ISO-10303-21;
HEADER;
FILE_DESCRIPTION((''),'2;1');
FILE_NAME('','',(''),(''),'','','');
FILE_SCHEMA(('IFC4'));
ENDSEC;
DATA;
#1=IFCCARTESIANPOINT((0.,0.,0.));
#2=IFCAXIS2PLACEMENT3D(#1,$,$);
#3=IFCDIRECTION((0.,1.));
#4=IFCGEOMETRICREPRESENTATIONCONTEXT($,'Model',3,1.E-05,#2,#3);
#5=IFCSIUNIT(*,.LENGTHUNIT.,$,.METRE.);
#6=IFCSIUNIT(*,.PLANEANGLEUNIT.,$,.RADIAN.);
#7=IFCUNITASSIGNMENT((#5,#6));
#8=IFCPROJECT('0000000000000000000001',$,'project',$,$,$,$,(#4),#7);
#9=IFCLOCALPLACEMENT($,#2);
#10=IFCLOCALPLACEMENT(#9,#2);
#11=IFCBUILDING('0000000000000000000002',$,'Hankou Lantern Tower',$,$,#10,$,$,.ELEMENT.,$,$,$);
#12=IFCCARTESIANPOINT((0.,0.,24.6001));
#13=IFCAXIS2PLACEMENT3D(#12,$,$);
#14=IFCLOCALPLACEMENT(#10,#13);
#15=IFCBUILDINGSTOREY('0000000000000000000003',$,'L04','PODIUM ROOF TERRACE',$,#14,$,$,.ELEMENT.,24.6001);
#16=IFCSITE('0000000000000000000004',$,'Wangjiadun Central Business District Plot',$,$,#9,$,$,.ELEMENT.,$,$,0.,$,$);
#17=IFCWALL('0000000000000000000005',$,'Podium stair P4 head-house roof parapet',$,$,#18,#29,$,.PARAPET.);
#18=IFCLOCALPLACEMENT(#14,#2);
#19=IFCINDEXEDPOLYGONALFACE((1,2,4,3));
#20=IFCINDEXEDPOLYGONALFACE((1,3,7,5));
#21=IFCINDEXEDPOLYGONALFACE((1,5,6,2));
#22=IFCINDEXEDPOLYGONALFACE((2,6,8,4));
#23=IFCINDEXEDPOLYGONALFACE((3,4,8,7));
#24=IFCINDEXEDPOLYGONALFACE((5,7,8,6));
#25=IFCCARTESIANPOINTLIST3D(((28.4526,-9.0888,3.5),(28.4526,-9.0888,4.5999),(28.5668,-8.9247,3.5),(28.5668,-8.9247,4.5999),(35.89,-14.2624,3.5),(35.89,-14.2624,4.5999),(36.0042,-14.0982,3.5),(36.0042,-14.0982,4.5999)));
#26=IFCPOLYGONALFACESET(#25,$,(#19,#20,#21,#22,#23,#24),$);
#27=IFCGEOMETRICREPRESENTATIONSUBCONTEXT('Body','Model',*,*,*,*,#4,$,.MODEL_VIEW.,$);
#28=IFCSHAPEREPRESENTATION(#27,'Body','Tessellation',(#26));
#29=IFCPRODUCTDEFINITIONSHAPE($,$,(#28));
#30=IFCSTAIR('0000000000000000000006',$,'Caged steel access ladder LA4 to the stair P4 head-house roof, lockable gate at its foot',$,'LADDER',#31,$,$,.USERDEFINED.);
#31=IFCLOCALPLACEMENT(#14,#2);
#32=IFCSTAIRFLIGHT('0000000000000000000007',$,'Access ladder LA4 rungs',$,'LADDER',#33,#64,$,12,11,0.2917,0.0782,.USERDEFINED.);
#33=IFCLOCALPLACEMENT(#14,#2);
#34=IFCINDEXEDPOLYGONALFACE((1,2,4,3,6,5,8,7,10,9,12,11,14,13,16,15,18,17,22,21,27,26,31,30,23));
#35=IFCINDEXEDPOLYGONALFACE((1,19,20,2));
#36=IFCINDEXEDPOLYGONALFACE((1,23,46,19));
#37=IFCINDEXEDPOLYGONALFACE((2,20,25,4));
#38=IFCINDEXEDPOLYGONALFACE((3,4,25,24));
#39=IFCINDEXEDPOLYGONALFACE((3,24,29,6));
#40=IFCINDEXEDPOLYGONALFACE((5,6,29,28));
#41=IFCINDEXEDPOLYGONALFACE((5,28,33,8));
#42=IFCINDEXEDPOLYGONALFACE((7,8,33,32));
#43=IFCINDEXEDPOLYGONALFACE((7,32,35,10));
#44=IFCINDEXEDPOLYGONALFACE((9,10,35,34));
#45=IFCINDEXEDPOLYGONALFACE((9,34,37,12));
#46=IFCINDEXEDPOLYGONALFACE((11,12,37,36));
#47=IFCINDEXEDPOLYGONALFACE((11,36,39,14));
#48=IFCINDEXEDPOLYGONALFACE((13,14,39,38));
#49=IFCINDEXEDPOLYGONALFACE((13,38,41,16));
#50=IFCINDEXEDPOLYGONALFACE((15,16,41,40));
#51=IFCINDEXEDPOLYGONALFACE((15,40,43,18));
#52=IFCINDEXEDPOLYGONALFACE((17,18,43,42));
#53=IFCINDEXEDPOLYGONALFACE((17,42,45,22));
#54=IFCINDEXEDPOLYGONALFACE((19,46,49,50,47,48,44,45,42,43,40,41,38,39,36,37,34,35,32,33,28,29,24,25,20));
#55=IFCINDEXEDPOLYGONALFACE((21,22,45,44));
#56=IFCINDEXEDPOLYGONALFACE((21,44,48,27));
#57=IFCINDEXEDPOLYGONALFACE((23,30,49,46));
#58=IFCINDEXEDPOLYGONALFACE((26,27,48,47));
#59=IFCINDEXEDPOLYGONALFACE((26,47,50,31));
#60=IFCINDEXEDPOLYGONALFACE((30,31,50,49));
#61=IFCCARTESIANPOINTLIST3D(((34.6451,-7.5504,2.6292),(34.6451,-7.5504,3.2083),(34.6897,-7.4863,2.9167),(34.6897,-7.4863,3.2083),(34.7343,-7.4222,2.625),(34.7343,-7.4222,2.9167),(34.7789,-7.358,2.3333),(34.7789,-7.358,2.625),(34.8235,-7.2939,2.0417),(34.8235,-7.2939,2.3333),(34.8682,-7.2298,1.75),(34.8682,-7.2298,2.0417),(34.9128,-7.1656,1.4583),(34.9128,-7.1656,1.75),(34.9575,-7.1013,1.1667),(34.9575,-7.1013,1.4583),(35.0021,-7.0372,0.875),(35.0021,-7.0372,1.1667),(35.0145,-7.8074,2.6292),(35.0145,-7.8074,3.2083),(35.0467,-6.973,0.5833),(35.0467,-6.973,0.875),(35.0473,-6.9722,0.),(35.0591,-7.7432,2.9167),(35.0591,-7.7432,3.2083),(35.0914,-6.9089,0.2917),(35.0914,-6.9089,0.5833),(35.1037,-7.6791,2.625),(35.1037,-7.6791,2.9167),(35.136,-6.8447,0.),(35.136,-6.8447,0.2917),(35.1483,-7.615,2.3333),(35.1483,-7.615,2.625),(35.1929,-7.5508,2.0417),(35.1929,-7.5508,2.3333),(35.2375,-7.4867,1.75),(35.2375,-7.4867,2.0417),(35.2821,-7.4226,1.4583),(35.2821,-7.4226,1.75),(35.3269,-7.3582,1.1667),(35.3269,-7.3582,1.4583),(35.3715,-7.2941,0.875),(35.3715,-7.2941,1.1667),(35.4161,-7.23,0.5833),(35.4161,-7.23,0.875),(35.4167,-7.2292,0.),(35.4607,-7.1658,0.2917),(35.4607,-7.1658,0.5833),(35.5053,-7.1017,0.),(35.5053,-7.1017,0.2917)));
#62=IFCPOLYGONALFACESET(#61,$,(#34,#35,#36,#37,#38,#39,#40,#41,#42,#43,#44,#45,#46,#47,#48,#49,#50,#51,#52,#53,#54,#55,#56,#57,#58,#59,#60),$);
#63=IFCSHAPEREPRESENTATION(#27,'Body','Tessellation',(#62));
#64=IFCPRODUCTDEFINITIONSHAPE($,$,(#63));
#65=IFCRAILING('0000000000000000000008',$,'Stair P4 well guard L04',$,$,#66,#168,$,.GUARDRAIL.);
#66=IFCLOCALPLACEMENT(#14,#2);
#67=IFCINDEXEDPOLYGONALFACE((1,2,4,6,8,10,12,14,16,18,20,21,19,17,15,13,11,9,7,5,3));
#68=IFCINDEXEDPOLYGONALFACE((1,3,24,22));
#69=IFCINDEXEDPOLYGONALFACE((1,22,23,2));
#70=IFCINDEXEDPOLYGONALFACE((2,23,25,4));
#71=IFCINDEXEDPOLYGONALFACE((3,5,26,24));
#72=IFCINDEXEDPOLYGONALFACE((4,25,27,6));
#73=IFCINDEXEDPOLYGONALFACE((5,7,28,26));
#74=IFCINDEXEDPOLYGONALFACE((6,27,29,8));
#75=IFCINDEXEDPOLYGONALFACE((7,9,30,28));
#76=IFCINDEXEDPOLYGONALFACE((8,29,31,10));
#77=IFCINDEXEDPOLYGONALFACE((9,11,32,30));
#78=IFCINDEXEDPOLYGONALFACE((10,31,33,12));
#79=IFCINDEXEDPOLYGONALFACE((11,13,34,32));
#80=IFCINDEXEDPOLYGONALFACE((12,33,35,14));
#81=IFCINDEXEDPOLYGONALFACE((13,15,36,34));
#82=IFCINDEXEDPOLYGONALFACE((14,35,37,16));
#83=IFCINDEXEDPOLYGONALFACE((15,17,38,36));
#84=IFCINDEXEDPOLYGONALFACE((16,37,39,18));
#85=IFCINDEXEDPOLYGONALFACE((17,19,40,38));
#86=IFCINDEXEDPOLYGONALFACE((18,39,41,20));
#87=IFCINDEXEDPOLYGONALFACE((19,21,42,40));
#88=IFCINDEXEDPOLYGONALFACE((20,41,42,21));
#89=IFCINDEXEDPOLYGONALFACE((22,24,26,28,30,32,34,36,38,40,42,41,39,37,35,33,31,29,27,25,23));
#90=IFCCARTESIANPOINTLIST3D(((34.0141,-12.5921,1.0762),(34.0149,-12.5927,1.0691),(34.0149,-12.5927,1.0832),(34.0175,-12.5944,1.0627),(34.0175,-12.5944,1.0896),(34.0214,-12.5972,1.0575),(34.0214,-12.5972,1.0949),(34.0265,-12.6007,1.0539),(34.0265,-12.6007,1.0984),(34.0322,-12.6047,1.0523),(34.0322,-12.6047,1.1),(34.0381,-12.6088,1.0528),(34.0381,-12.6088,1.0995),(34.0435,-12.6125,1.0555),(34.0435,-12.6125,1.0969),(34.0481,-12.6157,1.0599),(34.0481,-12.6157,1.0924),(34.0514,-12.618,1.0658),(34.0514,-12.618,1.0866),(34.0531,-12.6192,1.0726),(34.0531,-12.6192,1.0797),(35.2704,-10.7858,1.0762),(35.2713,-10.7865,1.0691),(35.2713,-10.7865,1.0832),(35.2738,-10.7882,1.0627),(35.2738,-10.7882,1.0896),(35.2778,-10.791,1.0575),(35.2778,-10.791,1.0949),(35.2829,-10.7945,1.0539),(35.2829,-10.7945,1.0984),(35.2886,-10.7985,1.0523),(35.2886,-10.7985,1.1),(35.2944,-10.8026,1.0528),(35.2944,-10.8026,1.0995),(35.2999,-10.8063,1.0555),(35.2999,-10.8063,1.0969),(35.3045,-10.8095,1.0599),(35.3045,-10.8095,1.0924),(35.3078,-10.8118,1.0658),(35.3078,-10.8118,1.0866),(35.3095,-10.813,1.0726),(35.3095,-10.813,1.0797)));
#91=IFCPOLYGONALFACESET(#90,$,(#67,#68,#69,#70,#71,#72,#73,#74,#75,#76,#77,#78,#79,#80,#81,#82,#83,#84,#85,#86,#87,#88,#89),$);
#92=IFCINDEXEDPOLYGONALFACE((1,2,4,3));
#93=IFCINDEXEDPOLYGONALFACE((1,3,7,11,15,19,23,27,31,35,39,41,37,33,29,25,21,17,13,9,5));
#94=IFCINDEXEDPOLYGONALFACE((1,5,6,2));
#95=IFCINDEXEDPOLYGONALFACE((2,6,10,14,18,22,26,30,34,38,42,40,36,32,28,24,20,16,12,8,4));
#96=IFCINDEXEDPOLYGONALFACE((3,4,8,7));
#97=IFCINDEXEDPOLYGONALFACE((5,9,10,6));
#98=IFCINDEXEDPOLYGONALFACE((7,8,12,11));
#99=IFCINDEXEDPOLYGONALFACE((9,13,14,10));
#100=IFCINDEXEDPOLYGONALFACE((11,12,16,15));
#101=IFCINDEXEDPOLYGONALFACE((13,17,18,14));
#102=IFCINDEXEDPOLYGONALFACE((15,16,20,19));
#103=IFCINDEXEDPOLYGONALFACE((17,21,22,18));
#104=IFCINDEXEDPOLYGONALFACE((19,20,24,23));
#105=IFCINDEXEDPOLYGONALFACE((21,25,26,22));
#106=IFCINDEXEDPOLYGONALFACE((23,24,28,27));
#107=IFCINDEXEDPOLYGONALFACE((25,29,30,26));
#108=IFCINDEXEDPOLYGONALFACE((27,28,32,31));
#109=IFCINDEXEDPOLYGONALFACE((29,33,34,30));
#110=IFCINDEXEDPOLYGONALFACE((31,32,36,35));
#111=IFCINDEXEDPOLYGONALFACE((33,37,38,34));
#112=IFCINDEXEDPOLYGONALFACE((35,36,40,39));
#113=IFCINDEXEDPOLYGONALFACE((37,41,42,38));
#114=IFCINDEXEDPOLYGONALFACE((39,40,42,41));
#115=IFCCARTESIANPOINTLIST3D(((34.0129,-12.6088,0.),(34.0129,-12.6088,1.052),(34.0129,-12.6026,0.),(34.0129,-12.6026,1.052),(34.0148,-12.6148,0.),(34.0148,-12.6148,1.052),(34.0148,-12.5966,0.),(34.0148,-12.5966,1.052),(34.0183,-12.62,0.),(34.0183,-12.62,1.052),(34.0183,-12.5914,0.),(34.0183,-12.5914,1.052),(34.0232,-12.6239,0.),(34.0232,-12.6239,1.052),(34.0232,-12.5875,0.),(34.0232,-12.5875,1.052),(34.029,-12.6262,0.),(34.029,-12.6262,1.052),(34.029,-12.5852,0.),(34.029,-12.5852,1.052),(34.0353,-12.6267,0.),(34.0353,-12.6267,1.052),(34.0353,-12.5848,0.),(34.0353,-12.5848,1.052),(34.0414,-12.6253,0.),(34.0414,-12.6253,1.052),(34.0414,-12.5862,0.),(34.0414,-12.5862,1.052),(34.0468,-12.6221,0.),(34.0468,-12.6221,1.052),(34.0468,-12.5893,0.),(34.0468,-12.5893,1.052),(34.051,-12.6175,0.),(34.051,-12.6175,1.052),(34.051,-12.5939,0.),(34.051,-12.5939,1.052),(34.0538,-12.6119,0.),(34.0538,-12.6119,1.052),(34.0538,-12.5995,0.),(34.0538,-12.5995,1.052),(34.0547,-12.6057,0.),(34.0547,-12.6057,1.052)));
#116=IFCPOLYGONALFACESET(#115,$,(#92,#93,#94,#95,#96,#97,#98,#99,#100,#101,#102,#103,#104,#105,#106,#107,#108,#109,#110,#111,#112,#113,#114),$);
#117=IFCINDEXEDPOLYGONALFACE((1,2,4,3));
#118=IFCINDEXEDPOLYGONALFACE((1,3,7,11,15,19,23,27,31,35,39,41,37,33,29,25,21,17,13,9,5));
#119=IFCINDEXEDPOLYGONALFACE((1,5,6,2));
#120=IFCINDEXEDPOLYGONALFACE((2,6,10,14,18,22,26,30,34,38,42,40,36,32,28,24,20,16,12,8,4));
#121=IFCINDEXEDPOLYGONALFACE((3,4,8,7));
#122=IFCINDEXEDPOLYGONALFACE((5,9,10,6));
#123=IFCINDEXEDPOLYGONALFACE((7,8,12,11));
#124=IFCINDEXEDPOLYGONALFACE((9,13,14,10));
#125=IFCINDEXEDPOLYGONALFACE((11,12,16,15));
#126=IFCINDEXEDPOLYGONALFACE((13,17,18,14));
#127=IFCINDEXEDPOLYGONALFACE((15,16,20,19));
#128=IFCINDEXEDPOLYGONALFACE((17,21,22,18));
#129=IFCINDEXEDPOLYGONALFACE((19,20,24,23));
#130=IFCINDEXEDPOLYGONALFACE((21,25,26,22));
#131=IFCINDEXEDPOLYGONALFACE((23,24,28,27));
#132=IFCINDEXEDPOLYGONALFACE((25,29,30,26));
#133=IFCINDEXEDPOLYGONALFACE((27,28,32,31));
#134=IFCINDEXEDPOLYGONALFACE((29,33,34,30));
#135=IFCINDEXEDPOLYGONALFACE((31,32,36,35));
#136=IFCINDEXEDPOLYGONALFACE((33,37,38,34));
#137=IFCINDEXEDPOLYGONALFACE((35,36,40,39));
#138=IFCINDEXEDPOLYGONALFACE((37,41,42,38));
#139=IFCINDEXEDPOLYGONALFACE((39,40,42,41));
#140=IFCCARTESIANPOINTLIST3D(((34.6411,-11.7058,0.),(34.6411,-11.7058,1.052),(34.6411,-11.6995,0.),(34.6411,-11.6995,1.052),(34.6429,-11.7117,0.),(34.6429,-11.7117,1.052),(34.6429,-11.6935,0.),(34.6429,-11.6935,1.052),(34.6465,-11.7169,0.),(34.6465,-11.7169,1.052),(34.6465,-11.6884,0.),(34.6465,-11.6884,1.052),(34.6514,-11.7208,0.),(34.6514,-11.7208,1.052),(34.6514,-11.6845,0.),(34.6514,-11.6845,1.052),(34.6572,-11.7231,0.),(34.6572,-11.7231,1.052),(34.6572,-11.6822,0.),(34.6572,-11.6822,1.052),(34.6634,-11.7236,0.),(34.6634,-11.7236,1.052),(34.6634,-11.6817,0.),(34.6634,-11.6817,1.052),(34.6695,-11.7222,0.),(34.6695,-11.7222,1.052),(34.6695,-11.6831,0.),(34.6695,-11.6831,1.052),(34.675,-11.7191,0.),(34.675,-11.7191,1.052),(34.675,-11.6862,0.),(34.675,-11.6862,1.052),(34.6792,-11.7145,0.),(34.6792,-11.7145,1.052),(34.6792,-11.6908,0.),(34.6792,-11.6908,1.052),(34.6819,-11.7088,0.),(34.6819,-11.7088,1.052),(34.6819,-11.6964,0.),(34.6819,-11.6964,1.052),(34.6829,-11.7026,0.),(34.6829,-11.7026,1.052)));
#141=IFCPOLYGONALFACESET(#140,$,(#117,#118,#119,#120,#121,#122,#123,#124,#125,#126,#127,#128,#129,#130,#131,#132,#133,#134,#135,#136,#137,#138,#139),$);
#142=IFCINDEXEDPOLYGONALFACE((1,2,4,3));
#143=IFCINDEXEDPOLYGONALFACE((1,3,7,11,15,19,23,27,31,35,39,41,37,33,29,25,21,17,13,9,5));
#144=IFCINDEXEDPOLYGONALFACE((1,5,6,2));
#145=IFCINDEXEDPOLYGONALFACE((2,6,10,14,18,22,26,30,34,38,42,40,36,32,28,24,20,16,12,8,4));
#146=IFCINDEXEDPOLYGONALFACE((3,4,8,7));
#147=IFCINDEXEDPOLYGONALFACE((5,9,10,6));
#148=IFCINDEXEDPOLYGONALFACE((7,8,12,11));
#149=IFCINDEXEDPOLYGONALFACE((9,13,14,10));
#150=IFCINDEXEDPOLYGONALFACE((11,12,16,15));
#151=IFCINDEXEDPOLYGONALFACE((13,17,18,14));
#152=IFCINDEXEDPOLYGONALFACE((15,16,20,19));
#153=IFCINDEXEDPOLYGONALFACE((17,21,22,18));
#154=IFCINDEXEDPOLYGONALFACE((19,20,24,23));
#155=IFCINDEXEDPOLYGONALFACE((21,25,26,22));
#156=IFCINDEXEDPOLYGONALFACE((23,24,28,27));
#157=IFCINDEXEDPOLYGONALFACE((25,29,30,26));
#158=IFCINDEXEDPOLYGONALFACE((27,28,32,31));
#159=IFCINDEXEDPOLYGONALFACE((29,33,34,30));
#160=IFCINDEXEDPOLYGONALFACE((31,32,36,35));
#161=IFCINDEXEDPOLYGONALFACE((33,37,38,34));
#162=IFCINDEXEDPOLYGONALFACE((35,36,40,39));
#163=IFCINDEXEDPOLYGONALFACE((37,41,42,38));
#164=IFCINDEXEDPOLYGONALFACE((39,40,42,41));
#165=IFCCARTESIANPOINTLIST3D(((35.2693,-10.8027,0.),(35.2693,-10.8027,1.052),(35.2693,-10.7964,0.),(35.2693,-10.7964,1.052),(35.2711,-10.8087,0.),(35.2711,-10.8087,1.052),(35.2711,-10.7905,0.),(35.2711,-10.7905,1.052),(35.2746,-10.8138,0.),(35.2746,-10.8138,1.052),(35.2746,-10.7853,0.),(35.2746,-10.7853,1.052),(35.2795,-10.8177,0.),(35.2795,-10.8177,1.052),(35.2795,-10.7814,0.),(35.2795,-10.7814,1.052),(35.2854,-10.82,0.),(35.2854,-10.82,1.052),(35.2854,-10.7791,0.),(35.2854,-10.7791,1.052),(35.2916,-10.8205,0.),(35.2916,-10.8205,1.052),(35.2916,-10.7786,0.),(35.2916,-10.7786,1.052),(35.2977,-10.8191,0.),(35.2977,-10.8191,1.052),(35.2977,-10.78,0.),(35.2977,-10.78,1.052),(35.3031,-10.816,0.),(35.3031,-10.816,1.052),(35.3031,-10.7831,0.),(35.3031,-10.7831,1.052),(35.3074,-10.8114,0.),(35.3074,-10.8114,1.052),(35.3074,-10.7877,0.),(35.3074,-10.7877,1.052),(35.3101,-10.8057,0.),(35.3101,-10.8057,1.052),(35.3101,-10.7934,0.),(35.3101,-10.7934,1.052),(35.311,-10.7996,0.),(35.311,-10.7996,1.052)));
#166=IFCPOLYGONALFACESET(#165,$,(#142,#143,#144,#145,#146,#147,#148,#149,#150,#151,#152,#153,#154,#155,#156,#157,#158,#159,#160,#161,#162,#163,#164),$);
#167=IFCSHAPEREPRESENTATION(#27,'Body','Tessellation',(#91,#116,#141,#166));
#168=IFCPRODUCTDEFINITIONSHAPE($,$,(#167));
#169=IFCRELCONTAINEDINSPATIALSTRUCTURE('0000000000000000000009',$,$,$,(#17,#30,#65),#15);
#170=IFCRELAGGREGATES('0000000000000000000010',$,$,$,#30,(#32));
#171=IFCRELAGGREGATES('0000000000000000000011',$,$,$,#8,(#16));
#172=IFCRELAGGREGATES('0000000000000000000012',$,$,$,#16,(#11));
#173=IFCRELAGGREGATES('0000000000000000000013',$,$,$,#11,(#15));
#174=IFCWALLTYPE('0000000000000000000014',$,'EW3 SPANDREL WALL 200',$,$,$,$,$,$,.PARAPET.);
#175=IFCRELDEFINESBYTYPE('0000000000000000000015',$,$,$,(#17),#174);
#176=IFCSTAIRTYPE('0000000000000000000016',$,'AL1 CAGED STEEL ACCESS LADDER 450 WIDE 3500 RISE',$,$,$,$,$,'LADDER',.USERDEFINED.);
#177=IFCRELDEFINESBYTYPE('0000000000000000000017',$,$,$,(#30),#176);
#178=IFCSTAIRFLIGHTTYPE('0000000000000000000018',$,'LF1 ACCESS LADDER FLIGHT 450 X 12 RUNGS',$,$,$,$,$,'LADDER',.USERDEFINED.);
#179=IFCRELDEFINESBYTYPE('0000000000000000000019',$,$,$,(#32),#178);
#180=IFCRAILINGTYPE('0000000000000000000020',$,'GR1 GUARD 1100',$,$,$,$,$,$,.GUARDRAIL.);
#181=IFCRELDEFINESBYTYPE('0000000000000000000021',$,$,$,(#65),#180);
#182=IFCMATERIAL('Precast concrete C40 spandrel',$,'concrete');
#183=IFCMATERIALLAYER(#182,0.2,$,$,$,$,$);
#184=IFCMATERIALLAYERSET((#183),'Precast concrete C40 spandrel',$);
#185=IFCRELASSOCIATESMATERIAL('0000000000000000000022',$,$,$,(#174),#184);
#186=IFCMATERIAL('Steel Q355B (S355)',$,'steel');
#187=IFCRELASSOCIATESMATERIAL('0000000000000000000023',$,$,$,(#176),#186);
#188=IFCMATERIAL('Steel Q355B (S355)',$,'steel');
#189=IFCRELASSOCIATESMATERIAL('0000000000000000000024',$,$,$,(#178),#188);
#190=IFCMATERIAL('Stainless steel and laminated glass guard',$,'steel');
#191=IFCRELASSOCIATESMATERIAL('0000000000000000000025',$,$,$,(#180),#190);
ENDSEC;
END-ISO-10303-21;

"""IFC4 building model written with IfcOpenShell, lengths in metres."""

from ifc_helpers import new_model, si_unit, direction, frame, frame_2d, origin, origin_2d, place, context, subcontext, project, spatial, polyline, rectangle, circle, outline, extrude, material, layer, layer_set, type_object, element, aggregate, save


model = new_model("IFC4")

# Units and contexts
model_context = context("Model", 3, precision=1e-05, world=origin(), true_north=direction((0.0, 1.0)))
body_context = subcontext(model_context, "Body", "Model", "MODEL_VIEW")
ifc_project = project(units=[si_unit("LENGTHUNIT", "METRE"), si_unit("PLANEANGLEUNIT", "RADIAN")], contexts=[model_context])

# Site, building, storey
site_placement = place(None, origin())
site = spatial("IfcSite", under=ifc_project, at=site_placement, Name="Wangjiadun Central Business District Plot", CompositionType="ELEMENT", RefElevation=0.0)
building_placement = place(site_placement, origin())
building = spatial("IfcBuilding", under=site, at=building_placement, Name="Hankou Lantern Tower", CompositionType="ELEMENT")
storey_placement = place(building_placement, frame((0.0, 0.0, 24.6001)))
storey = spatial("IfcBuildingStorey", under=building, at=storey_placement, Name="L04", Description="PODIUM ROOF TERRACE", CompositionType="ELEMENT", Elevation=24.6001)

# Wall
ifc_material_1 = material(Name="Precast concrete C40 spandrel", Category="concrete")
ifc_layer_1 = layer(ifc_material_1, 0.2)
ifc_layer_set_1 = layer_set([ifc_layer_1], Name="Precast concrete C40 spandrel")
wall_type_1 = type_object("IfcWallType", Name="EW3 SPANDREL WALL 200", PredefinedType="PARAPET", material=ifc_layer_set_1)
wall_1_placement = place(storey_placement, frame((28.5098, -9.0068, 3.5), z_axis=(0.0, 0.0, 1.0), x_axis=(0.820922, -0.57104, 0.0)))
element("IfcWall", 1, at=wall_1_placement, inside=storey, type_object=wall_type_1, Name="Podium stair P4 head-house roof parapet", PredefinedType="PARAPET", context=body_context, shape_type="SweptSolid", body=[
    extrude(rectangle(XDim=9.0598, YDim=0.2, at=frame_2d((4.5298, 0.0))), origin(), (0.0, 0.0, 1.0), 1.0999),
])

# Stair, stair flight
ifc_material_2 = material(Name="Steel Q355B (S355)", Category="steel")
stair_type = type_object("IfcStairType", Name="AL1 CAGED STEEL ACCESS LADDER 450 WIDE 3500 RISE", ElementType="LADDER", PredefinedType="USERDEFINED", material=ifc_material_2)
stair_placement = place(storey_placement, origin())
stair = element("IfcStair", 2, at=stair_placement, inside=storey, type_object=stair_type, Name="Caged steel access ladder LA4 to the stair P4 head-house roof, lockable gate at its foot", ObjectType="LADDER", PredefinedType="USERDEFINED")
ifc_material_3 = material(Name="Steel Q355B (S355)", Category="steel")
stair_flight_type = type_object("IfcStairFlightType", Name="LF1 ACCESS LADDER FLIGHT 450 X 12 RUNGS", ElementType="LADDER", PredefinedType="USERDEFINED", material=ifc_material_3)
stair_flight_placement = place(storey_placement, frame((35.3206, -6.9731, 0.0), z_axis=(0.0, 0.0, 1.0), x_axis=(-0.571033, -0.820927, 0.0)))
stair_flight = element("IfcStairFlight", 3, at=stair_flight_placement, type_object=stair_flight_type, Name="Access ladder LA4 rungs", ObjectType="LADDER", NumberOfRisers=12, NumberOfTreads=11, PredefinedType="USERDEFINED", RiserHeight=0.2917, TreadLength=0.0782, context=body_context, shape_type="SweptSolid", body=[
    extrude(outline(polyline([(0.0, 0.0), (0.0, 0.2917), (0.0781, 0.2917), (0.0781, 0.5833), (0.1562, 0.5833), (0.1562, 0.875), (0.2344, 0.875), (0.2344, 1.1667), (0.3125, 1.1667), (0.3125, 1.4583), (0.3909, 1.4583), (0.3909, 1.75), (0.469, 1.75), (0.469, 2.0417), (0.5471, 2.0417), (0.5471, 2.3333), (0.6252, 2.3333), (0.6252, 2.625), (0.7034, 2.625), (0.7034, 2.9167), (0.7815, 2.9167), (0.7815, 3.2083), (0.8596, 3.2083), (0.8596, 3.5), (0.8596, 2.6292), (0.1553, 0.0), (0.0, 0.0)])), frame((0.0, 0.2251, 0.0), z_axis=(0.0, -1.0, 0.0), x_axis=(1.0, 0.0, 0.0)), (0.0, 0.0, 1.0), 0.45),
])
aggregate(stair, [stair_flight])

# Railing
ifc_material_4 = material(Name="Stainless steel and laminated glass guard", Category="steel")
railing_type_1 = type_object("IfcRailingType", Name="GR1 GUARD 1100", PredefinedType="GUARDRAIL", material=ifc_material_4)
railing_1_placement = place(storey_placement, frame((34.0337, -12.6057, 0.0)))
element("IfcRailing", 4, at=railing_1_placement, inside=storey, type_object=railing_type_1, Name="Stair P4 well guard L04", PredefinedType="GUARDRAIL", context=body_context, shape_type="SweptSolid", body=[
    extrude(circle(Radius=0.0239, at=origin_2d()), frame((0.0, 0.0, 1.0762), z_axis=(0.571032, 0.820928, 0.0), x_axis=(-0.820928, 0.571032, 0.0)), (0.0, 0.0, 1.0), 2.2002),
    extrude(circle(Radius=0.021, at=origin_2d()), origin(), (0.0, 0.0, 1.0), 1.052),
    extrude(circle(Radius=0.021, at=origin_2d()), frame((0.6282, 0.9031, 0.0)), (0.0, 0.0, 1.0), 1.052),
    extrude(circle(Radius=0.021, at=origin_2d()), frame((1.2563, 1.8062, 0.0)), (0.0, 0.0, 1.0), 1.052),
])

save(model, "model.ifc")
